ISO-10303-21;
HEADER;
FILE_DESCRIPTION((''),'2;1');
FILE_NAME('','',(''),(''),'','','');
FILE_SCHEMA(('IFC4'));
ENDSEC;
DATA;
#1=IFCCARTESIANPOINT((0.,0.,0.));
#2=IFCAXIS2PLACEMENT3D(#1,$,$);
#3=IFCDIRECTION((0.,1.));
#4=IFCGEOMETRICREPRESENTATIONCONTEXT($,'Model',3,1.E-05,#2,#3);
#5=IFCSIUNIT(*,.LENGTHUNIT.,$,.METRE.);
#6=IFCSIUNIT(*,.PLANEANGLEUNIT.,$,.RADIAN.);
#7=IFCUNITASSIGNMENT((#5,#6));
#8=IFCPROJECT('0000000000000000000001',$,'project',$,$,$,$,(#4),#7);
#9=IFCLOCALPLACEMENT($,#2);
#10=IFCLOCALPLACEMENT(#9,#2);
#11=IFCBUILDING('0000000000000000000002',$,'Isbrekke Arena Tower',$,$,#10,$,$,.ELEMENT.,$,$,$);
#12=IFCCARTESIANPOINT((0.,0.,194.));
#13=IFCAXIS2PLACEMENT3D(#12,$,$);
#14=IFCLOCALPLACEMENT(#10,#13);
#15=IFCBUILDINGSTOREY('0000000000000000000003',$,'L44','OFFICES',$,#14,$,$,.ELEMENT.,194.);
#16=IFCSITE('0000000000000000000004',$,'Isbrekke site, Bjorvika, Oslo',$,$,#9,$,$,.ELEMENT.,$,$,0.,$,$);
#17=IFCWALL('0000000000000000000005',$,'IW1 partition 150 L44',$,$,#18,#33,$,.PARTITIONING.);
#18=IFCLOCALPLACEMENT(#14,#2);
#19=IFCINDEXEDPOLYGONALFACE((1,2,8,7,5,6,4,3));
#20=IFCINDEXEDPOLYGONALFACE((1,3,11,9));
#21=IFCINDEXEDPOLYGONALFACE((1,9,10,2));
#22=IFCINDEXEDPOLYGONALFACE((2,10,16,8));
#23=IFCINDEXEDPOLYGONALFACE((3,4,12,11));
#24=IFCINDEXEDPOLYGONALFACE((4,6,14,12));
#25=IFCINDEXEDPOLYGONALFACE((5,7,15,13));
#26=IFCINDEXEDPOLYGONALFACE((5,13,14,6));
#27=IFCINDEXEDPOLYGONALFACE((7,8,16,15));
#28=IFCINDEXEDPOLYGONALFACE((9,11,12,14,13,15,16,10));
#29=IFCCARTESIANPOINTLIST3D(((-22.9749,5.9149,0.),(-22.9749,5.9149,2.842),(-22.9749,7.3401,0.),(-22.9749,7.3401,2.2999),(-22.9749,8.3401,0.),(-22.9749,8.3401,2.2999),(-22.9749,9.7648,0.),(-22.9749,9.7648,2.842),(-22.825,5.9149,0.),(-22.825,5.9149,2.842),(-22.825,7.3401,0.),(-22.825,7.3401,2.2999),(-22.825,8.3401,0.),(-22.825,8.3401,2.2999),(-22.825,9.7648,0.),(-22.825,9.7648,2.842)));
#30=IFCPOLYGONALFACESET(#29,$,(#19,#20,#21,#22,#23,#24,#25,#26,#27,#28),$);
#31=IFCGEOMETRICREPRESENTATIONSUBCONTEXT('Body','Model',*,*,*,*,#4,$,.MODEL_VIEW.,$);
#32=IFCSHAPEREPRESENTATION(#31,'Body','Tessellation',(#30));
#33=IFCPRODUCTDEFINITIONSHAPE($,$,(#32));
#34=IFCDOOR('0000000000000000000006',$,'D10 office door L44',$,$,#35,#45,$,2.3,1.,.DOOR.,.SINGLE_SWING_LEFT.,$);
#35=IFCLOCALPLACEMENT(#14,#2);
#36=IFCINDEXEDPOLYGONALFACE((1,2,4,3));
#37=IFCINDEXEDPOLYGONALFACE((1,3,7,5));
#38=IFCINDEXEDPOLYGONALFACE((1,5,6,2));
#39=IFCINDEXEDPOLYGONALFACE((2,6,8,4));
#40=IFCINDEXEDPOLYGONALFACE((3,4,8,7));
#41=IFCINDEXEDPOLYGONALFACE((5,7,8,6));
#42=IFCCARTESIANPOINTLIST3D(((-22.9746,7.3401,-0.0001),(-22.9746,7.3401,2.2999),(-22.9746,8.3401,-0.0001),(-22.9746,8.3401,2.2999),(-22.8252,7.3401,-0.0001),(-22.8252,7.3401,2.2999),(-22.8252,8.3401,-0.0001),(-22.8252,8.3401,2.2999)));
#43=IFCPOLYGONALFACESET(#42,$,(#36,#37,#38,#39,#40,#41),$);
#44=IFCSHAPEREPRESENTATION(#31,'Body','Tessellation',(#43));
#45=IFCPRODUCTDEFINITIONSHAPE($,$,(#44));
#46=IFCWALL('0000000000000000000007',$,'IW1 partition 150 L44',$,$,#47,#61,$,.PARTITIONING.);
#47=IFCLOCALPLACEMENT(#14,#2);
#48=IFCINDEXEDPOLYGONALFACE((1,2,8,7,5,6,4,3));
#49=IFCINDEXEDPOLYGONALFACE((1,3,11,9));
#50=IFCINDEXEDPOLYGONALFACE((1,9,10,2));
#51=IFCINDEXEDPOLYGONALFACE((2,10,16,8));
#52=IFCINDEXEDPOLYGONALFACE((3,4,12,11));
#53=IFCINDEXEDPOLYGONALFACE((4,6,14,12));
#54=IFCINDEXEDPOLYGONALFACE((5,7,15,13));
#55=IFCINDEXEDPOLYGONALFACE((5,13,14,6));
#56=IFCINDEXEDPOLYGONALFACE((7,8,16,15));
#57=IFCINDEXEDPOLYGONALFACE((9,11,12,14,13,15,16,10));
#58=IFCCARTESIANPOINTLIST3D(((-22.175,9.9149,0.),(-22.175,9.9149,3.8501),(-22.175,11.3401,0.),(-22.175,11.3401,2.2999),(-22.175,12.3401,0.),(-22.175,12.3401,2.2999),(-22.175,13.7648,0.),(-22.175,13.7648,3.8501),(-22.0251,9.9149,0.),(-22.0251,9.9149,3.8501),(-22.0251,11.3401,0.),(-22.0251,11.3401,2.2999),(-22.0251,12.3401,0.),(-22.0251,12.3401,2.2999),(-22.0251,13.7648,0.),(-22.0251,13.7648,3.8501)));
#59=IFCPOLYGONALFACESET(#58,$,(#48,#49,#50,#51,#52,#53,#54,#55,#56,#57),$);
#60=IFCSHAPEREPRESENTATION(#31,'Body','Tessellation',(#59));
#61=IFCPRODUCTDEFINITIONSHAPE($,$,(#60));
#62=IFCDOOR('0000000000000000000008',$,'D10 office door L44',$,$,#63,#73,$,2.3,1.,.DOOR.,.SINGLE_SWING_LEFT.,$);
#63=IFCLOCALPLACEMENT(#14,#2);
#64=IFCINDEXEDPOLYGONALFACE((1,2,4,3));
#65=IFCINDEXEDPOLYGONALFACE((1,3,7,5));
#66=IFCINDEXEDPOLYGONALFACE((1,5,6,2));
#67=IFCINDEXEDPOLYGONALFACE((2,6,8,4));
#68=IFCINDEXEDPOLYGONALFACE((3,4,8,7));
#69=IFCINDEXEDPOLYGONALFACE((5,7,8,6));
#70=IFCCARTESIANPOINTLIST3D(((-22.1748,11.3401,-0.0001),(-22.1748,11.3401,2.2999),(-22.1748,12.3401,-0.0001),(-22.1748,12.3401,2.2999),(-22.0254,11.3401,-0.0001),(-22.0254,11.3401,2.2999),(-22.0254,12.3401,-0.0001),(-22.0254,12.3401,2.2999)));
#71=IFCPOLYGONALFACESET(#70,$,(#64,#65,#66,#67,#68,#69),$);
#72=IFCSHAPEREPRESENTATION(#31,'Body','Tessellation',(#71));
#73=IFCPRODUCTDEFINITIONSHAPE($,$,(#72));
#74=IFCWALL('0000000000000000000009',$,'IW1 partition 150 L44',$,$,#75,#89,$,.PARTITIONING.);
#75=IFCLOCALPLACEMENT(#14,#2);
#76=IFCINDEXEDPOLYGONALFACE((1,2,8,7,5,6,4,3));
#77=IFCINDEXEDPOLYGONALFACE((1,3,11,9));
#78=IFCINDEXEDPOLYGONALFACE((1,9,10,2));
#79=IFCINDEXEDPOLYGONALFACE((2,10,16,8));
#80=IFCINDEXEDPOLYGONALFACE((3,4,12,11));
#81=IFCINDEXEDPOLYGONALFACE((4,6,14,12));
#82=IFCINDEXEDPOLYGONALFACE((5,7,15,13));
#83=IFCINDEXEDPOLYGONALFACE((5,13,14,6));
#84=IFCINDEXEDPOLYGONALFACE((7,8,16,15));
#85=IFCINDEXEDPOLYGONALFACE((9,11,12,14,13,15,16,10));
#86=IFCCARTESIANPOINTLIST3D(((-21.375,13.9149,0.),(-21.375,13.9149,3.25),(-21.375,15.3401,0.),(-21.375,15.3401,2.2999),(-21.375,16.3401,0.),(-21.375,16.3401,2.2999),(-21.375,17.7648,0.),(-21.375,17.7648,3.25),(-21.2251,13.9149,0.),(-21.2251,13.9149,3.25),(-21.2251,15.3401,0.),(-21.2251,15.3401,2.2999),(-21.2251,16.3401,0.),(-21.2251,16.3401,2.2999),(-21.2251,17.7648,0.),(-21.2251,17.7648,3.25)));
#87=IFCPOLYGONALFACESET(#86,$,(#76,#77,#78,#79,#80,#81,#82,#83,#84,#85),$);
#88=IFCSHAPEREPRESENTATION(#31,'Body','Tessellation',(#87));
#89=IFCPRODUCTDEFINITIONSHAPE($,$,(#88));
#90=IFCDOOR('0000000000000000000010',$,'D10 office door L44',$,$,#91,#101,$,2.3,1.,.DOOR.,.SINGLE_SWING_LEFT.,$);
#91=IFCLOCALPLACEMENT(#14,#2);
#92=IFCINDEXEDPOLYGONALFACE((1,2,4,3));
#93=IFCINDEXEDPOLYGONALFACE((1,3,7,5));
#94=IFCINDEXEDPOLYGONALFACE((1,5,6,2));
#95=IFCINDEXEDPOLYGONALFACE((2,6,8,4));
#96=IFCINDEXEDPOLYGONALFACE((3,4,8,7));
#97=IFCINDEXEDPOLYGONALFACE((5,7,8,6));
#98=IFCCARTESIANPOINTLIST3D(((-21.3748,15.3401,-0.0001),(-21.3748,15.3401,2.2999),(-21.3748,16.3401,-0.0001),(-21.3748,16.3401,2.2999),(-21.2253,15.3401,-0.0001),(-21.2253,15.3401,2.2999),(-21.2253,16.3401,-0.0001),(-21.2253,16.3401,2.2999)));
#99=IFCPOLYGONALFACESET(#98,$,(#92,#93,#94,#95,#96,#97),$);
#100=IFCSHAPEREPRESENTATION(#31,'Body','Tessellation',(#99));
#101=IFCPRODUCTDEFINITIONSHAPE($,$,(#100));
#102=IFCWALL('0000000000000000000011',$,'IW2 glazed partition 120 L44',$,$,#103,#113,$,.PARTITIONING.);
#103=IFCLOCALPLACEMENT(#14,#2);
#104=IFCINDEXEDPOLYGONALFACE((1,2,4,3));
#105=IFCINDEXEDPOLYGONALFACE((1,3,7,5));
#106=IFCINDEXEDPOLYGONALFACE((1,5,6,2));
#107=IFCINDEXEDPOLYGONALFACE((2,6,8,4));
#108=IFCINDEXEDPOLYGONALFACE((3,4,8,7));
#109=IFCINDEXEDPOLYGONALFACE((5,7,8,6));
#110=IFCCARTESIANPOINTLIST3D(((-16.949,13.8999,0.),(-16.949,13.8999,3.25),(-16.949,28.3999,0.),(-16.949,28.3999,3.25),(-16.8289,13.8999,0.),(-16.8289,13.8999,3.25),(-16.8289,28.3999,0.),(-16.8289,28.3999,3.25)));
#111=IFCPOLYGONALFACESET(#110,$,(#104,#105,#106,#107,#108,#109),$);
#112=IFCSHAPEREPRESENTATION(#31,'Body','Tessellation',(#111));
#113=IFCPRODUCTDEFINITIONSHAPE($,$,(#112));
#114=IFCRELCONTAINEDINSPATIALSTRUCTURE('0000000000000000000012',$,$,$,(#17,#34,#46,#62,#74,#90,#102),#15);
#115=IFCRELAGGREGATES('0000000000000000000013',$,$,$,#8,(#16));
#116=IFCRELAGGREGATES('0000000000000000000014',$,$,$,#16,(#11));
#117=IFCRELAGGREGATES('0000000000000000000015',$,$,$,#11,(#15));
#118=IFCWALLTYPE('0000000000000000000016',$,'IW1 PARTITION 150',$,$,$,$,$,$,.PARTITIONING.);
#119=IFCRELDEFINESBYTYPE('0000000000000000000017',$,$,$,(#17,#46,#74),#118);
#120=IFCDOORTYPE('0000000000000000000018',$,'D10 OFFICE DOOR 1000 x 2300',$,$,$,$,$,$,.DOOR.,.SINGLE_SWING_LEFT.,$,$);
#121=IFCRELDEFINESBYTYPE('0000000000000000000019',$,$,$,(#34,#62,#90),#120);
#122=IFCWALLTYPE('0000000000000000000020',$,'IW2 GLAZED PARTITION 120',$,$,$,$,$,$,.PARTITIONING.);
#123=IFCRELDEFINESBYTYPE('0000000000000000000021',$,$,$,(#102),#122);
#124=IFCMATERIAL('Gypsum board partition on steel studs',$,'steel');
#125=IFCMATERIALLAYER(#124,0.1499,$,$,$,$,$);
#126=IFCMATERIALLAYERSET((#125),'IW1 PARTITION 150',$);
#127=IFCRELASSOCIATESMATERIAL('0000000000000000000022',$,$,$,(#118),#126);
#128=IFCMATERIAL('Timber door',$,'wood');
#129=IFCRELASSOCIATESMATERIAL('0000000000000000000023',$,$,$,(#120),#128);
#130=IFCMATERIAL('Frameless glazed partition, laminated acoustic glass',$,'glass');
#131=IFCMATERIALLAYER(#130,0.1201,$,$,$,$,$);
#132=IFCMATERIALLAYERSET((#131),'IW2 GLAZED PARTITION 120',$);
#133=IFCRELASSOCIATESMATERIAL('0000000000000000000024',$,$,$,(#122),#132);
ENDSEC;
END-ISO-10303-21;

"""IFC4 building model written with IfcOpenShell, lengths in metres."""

from ifc_helpers import new_model, si_unit, direction, frame, frame_2d, origin, place, context, subcontext, project, spatial, rectangle, extrude, material, layer, layer_set, type_object, element, fill, save


model = new_model("IFC4")

# Units and contexts
model_context = context("Model", 3, precision=1e-05, world=origin(), true_north=direction((0.0, 1.0)))
body_context = subcontext(model_context, "Body", "Model", "MODEL_VIEW")
ifc_project = project(units=[si_unit("LENGTHUNIT", "METRE"), si_unit("PLANEANGLEUNIT", "RADIAN")], contexts=[model_context])

# Site, building, storey
site_placement = place(None, origin())
site = spatial("IfcSite", under=ifc_project, at=site_placement, Name="Isbrekke site, Bjorvika, Oslo", CompositionType="ELEMENT", RefElevation=0.0)
building_placement = place(site_placement, origin())
building = spatial("IfcBuilding", under=site, at=building_placement, Name="Isbrekke Arena Tower", CompositionType="ELEMENT")
storey_placement = place(building_placement, frame((0.0, 0.0, 194.0)))
storey = spatial("IfcBuildingStorey", under=building, at=storey_placement, Name="L44", Description="OFFICES", CompositionType="ELEMENT", Elevation=194.0)

# Shared definitions
ifc_material_1 = material(Name="Gypsum board partition on steel studs", Category="steel")
ifc_layer_1 = layer(ifc_material_1, 0.1499)
ifc_layer_set_1 = layer_set([ifc_layer_1], Name="IW1 PARTITION 150")
wall_type_1 = type_object("IfcWallType", Name="IW1 PARTITION 150", PredefinedType="PARTITIONING", material=ifc_layer_set_1)

# Walls, openings, doors
wall_1_placement = place(storey_placement, frame((-22.8999, 5.915, 0.0), z_axis=(0.0, 0.0, 1.0), x_axis=(0.0, 1.0, 0.0)))
wall_1 = element("IfcWall", 1, at=wall_1_placement, inside=storey, type_object=wall_type_1, Name="IW1 partition 150 L44", PredefinedType="PARTITIONING", context=body_context, shape_type="SweptSolid", body=[
    extrude(rectangle(XDim=3.8499, YDim=0.1499, at=frame_2d((1.9248, 0.0))), origin(), (0.0, 0.0, 1.0), 2.842),
])
opening_1_placement = place(wall_1_placement, frame((1.425, 0.0, 0.0)))
opening_1 = element("IfcOpeningElement", 2, at=opening_1_placement, cuts=wall_1, PredefinedType="OPENING", context=body_context, shape_type="SweptSolid", body=[
    extrude(rectangle(XDim=1.0, YDim=2.3, at=frame_2d((0.5, 1.1499))), frame((0.0, 0.0898, 0.0), z_axis=(0.0, -1.0, 0.0), x_axis=(1.0, 0.0, 0.0)), (0.0, 0.0, 1.0), 0.1797),
])
ifc_material_2 = material(Name="Timber door", Category="wood")
door_type = type_object("IfcDoorType", Name="D10 OFFICE DOOR 1000 x 2300", OperationType="SINGLE_SWING_LEFT", PredefinedType="DOOR", material=ifc_material_2)
door_1_placement = place(opening_1_placement, origin())
door_1 = element("IfcDoor", 3, at=door_1_placement, inside=storey, type_object=door_type, Name="D10 office door L44", OperationType="SINGLE_SWING_LEFT", OverallHeight=2.3, OverallWidth=1.0, PredefinedType="DOOR", context=body_context, shape_type="SweptSolid", body=[
    extrude(rectangle(XDim=1.0, YDim=2.3, at=frame_2d((0.5, 1.1499))), frame((0.0, 0.0747, 0.0), z_axis=(0.0, -1.0, 0.0), x_axis=(1.0, 0.0, 0.0)), (0.0, 0.0, 1.0), 0.1494),
])
fill(opening_1, door_1)
wall_2_placement = place(storey_placement, frame((-22.1001, 9.915, 0.0), z_axis=(0.0, 0.0, 1.0), x_axis=(0.0, 1.0, 0.0)))
wall_2 = element("IfcWall", 4, at=wall_2_placement, inside=storey, type_object=wall_type_1, Name="IW1 partition 150 L44", PredefinedType="PARTITIONING", context=body_context, shape_type="SweptSolid", body=[
    extrude(rectangle(XDim=3.8499, YDim=0.1499, at=frame_2d((1.9248, 0.0))), origin(), (0.0, 0.0, 1.0), 3.8501),
])
opening_2_placement = place(wall_2_placement, frame((1.425, 0.0, 0.0)))
opening_2 = element("IfcOpeningElement", 5, at=opening_2_placement, cuts=wall_2, PredefinedType="OPENING", context=body_context, shape_type="SweptSolid", body=[
    extrude(rectangle(XDim=1.0, YDim=2.3, at=frame_2d((0.5, 1.1499))), frame((0.0, 0.0898, 0.0), z_axis=(0.0, -1.0, 0.0), x_axis=(1.0, 0.0, 0.0)), (0.0, 0.0, 1.0), 0.1797),
])
door_2_placement = place(opening_2_placement, origin())
door_2 = element("IfcDoor", 6, at=door_2_placement, inside=storey, type_object=door_type, Name="D10 office door L44", OperationType="SINGLE_SWING_LEFT", OverallHeight=2.3, OverallWidth=1.0, PredefinedType="DOOR", context=body_context, shape_type="SweptSolid", body=[
    extrude(rectangle(XDim=1.0, YDim=2.3, at=frame_2d((0.5, 1.1499))), frame((0.0, 0.0747, 0.0), z_axis=(0.0, -1.0, 0.0), x_axis=(1.0, 0.0, 0.0)), (0.0, 0.0, 1.0), 0.1494),
])
fill(opening_2, door_2)
wall_3_placement = place(storey_placement, frame((-21.3, 13.915, 0.0), z_axis=(0.0, 0.0, 1.0), x_axis=(0.0, 1.0, 0.0)))
wall_3 = element("IfcWall", 7, at=wall_3_placement, inside=storey, type_object=wall_type_1, Name="IW1 partition 150 L44", PredefinedType="PARTITIONING", context=body_context, shape_type="SweptSolid", body=[
    extrude(rectangle(XDim=3.8499, YDim=0.1499, at=frame_2d((1.9248, 0.0))), origin(), (0.0, 0.0, 1.0), 3.25),
])
opening_3_placement = place(wall_3_placement, frame((1.425, 0.0, 0.0)))
opening_3 = element("IfcOpeningElement", 8, at=opening_3_placement, cuts=wall_3, PredefinedType="OPENING", context=body_context, shape_type="SweptSolid", body=[
    extrude(rectangle(XDim=1.0, YDim=2.3, at=frame_2d((0.5, 1.1499))), frame((0.0, 0.0898, 0.0), z_axis=(0.0, -1.0, 0.0), x_axis=(1.0, 0.0, 0.0)), (0.0, 0.0, 1.0), 0.1797),
])
door_3_placement = place(opening_3_placement, origin())
door_3 = element("IfcDoor", 9, at=door_3_placement, inside=storey, type_object=door_type, Name="D10 office door L44", OperationType="SINGLE_SWING_LEFT", OverallHeight=2.3, OverallWidth=1.0, PredefinedType="DOOR", context=body_context, shape_type="SweptSolid", body=[
    extrude(rectangle(XDim=1.0, YDim=2.3, at=frame_2d((0.5, 1.1499))), frame((0.0, 0.0747, 0.0), z_axis=(0.0, -1.0, 0.0), x_axis=(1.0, 0.0, 0.0)), (0.0, 0.0, 1.0), 0.1494),
])
fill(opening_3, door_3)

# Wall
ifc_material_3 = material(Name="Frameless glazed partition, laminated acoustic glass", Category="glass")
ifc_layer_2 = layer(ifc_material_3, 0.1201)
ifc_layer_set_2 = layer_set([ifc_layer_2], Name="IW2 GLAZED PARTITION 120")
wall_type_2 = type_object("IfcWallType", Name="IW2 GLAZED PARTITION 120", PredefinedType="PARTITIONING", material=ifc_layer_set_2)
wall_4_placement = place(storey_placement, frame((-16.8889, 13.8999, 0.0), z_axis=(0.0, 0.0, 1.0), x_axis=(0.0, 1.0, 0.0)))
element("IfcWall", 10, at=wall_4_placement, inside=storey, type_object=wall_type_2, Name="IW2 glazed partition 120 L44", PredefinedType="PARTITIONING", context=body_context, shape_type="SweptSolid", body=[
    extrude(rectangle(XDim=14.5, YDim=0.1201, at=frame_2d((7.25, 0.0))), origin(), (0.0, 0.0, 1.0), 3.25),
])

save(model, "model.ifc")
